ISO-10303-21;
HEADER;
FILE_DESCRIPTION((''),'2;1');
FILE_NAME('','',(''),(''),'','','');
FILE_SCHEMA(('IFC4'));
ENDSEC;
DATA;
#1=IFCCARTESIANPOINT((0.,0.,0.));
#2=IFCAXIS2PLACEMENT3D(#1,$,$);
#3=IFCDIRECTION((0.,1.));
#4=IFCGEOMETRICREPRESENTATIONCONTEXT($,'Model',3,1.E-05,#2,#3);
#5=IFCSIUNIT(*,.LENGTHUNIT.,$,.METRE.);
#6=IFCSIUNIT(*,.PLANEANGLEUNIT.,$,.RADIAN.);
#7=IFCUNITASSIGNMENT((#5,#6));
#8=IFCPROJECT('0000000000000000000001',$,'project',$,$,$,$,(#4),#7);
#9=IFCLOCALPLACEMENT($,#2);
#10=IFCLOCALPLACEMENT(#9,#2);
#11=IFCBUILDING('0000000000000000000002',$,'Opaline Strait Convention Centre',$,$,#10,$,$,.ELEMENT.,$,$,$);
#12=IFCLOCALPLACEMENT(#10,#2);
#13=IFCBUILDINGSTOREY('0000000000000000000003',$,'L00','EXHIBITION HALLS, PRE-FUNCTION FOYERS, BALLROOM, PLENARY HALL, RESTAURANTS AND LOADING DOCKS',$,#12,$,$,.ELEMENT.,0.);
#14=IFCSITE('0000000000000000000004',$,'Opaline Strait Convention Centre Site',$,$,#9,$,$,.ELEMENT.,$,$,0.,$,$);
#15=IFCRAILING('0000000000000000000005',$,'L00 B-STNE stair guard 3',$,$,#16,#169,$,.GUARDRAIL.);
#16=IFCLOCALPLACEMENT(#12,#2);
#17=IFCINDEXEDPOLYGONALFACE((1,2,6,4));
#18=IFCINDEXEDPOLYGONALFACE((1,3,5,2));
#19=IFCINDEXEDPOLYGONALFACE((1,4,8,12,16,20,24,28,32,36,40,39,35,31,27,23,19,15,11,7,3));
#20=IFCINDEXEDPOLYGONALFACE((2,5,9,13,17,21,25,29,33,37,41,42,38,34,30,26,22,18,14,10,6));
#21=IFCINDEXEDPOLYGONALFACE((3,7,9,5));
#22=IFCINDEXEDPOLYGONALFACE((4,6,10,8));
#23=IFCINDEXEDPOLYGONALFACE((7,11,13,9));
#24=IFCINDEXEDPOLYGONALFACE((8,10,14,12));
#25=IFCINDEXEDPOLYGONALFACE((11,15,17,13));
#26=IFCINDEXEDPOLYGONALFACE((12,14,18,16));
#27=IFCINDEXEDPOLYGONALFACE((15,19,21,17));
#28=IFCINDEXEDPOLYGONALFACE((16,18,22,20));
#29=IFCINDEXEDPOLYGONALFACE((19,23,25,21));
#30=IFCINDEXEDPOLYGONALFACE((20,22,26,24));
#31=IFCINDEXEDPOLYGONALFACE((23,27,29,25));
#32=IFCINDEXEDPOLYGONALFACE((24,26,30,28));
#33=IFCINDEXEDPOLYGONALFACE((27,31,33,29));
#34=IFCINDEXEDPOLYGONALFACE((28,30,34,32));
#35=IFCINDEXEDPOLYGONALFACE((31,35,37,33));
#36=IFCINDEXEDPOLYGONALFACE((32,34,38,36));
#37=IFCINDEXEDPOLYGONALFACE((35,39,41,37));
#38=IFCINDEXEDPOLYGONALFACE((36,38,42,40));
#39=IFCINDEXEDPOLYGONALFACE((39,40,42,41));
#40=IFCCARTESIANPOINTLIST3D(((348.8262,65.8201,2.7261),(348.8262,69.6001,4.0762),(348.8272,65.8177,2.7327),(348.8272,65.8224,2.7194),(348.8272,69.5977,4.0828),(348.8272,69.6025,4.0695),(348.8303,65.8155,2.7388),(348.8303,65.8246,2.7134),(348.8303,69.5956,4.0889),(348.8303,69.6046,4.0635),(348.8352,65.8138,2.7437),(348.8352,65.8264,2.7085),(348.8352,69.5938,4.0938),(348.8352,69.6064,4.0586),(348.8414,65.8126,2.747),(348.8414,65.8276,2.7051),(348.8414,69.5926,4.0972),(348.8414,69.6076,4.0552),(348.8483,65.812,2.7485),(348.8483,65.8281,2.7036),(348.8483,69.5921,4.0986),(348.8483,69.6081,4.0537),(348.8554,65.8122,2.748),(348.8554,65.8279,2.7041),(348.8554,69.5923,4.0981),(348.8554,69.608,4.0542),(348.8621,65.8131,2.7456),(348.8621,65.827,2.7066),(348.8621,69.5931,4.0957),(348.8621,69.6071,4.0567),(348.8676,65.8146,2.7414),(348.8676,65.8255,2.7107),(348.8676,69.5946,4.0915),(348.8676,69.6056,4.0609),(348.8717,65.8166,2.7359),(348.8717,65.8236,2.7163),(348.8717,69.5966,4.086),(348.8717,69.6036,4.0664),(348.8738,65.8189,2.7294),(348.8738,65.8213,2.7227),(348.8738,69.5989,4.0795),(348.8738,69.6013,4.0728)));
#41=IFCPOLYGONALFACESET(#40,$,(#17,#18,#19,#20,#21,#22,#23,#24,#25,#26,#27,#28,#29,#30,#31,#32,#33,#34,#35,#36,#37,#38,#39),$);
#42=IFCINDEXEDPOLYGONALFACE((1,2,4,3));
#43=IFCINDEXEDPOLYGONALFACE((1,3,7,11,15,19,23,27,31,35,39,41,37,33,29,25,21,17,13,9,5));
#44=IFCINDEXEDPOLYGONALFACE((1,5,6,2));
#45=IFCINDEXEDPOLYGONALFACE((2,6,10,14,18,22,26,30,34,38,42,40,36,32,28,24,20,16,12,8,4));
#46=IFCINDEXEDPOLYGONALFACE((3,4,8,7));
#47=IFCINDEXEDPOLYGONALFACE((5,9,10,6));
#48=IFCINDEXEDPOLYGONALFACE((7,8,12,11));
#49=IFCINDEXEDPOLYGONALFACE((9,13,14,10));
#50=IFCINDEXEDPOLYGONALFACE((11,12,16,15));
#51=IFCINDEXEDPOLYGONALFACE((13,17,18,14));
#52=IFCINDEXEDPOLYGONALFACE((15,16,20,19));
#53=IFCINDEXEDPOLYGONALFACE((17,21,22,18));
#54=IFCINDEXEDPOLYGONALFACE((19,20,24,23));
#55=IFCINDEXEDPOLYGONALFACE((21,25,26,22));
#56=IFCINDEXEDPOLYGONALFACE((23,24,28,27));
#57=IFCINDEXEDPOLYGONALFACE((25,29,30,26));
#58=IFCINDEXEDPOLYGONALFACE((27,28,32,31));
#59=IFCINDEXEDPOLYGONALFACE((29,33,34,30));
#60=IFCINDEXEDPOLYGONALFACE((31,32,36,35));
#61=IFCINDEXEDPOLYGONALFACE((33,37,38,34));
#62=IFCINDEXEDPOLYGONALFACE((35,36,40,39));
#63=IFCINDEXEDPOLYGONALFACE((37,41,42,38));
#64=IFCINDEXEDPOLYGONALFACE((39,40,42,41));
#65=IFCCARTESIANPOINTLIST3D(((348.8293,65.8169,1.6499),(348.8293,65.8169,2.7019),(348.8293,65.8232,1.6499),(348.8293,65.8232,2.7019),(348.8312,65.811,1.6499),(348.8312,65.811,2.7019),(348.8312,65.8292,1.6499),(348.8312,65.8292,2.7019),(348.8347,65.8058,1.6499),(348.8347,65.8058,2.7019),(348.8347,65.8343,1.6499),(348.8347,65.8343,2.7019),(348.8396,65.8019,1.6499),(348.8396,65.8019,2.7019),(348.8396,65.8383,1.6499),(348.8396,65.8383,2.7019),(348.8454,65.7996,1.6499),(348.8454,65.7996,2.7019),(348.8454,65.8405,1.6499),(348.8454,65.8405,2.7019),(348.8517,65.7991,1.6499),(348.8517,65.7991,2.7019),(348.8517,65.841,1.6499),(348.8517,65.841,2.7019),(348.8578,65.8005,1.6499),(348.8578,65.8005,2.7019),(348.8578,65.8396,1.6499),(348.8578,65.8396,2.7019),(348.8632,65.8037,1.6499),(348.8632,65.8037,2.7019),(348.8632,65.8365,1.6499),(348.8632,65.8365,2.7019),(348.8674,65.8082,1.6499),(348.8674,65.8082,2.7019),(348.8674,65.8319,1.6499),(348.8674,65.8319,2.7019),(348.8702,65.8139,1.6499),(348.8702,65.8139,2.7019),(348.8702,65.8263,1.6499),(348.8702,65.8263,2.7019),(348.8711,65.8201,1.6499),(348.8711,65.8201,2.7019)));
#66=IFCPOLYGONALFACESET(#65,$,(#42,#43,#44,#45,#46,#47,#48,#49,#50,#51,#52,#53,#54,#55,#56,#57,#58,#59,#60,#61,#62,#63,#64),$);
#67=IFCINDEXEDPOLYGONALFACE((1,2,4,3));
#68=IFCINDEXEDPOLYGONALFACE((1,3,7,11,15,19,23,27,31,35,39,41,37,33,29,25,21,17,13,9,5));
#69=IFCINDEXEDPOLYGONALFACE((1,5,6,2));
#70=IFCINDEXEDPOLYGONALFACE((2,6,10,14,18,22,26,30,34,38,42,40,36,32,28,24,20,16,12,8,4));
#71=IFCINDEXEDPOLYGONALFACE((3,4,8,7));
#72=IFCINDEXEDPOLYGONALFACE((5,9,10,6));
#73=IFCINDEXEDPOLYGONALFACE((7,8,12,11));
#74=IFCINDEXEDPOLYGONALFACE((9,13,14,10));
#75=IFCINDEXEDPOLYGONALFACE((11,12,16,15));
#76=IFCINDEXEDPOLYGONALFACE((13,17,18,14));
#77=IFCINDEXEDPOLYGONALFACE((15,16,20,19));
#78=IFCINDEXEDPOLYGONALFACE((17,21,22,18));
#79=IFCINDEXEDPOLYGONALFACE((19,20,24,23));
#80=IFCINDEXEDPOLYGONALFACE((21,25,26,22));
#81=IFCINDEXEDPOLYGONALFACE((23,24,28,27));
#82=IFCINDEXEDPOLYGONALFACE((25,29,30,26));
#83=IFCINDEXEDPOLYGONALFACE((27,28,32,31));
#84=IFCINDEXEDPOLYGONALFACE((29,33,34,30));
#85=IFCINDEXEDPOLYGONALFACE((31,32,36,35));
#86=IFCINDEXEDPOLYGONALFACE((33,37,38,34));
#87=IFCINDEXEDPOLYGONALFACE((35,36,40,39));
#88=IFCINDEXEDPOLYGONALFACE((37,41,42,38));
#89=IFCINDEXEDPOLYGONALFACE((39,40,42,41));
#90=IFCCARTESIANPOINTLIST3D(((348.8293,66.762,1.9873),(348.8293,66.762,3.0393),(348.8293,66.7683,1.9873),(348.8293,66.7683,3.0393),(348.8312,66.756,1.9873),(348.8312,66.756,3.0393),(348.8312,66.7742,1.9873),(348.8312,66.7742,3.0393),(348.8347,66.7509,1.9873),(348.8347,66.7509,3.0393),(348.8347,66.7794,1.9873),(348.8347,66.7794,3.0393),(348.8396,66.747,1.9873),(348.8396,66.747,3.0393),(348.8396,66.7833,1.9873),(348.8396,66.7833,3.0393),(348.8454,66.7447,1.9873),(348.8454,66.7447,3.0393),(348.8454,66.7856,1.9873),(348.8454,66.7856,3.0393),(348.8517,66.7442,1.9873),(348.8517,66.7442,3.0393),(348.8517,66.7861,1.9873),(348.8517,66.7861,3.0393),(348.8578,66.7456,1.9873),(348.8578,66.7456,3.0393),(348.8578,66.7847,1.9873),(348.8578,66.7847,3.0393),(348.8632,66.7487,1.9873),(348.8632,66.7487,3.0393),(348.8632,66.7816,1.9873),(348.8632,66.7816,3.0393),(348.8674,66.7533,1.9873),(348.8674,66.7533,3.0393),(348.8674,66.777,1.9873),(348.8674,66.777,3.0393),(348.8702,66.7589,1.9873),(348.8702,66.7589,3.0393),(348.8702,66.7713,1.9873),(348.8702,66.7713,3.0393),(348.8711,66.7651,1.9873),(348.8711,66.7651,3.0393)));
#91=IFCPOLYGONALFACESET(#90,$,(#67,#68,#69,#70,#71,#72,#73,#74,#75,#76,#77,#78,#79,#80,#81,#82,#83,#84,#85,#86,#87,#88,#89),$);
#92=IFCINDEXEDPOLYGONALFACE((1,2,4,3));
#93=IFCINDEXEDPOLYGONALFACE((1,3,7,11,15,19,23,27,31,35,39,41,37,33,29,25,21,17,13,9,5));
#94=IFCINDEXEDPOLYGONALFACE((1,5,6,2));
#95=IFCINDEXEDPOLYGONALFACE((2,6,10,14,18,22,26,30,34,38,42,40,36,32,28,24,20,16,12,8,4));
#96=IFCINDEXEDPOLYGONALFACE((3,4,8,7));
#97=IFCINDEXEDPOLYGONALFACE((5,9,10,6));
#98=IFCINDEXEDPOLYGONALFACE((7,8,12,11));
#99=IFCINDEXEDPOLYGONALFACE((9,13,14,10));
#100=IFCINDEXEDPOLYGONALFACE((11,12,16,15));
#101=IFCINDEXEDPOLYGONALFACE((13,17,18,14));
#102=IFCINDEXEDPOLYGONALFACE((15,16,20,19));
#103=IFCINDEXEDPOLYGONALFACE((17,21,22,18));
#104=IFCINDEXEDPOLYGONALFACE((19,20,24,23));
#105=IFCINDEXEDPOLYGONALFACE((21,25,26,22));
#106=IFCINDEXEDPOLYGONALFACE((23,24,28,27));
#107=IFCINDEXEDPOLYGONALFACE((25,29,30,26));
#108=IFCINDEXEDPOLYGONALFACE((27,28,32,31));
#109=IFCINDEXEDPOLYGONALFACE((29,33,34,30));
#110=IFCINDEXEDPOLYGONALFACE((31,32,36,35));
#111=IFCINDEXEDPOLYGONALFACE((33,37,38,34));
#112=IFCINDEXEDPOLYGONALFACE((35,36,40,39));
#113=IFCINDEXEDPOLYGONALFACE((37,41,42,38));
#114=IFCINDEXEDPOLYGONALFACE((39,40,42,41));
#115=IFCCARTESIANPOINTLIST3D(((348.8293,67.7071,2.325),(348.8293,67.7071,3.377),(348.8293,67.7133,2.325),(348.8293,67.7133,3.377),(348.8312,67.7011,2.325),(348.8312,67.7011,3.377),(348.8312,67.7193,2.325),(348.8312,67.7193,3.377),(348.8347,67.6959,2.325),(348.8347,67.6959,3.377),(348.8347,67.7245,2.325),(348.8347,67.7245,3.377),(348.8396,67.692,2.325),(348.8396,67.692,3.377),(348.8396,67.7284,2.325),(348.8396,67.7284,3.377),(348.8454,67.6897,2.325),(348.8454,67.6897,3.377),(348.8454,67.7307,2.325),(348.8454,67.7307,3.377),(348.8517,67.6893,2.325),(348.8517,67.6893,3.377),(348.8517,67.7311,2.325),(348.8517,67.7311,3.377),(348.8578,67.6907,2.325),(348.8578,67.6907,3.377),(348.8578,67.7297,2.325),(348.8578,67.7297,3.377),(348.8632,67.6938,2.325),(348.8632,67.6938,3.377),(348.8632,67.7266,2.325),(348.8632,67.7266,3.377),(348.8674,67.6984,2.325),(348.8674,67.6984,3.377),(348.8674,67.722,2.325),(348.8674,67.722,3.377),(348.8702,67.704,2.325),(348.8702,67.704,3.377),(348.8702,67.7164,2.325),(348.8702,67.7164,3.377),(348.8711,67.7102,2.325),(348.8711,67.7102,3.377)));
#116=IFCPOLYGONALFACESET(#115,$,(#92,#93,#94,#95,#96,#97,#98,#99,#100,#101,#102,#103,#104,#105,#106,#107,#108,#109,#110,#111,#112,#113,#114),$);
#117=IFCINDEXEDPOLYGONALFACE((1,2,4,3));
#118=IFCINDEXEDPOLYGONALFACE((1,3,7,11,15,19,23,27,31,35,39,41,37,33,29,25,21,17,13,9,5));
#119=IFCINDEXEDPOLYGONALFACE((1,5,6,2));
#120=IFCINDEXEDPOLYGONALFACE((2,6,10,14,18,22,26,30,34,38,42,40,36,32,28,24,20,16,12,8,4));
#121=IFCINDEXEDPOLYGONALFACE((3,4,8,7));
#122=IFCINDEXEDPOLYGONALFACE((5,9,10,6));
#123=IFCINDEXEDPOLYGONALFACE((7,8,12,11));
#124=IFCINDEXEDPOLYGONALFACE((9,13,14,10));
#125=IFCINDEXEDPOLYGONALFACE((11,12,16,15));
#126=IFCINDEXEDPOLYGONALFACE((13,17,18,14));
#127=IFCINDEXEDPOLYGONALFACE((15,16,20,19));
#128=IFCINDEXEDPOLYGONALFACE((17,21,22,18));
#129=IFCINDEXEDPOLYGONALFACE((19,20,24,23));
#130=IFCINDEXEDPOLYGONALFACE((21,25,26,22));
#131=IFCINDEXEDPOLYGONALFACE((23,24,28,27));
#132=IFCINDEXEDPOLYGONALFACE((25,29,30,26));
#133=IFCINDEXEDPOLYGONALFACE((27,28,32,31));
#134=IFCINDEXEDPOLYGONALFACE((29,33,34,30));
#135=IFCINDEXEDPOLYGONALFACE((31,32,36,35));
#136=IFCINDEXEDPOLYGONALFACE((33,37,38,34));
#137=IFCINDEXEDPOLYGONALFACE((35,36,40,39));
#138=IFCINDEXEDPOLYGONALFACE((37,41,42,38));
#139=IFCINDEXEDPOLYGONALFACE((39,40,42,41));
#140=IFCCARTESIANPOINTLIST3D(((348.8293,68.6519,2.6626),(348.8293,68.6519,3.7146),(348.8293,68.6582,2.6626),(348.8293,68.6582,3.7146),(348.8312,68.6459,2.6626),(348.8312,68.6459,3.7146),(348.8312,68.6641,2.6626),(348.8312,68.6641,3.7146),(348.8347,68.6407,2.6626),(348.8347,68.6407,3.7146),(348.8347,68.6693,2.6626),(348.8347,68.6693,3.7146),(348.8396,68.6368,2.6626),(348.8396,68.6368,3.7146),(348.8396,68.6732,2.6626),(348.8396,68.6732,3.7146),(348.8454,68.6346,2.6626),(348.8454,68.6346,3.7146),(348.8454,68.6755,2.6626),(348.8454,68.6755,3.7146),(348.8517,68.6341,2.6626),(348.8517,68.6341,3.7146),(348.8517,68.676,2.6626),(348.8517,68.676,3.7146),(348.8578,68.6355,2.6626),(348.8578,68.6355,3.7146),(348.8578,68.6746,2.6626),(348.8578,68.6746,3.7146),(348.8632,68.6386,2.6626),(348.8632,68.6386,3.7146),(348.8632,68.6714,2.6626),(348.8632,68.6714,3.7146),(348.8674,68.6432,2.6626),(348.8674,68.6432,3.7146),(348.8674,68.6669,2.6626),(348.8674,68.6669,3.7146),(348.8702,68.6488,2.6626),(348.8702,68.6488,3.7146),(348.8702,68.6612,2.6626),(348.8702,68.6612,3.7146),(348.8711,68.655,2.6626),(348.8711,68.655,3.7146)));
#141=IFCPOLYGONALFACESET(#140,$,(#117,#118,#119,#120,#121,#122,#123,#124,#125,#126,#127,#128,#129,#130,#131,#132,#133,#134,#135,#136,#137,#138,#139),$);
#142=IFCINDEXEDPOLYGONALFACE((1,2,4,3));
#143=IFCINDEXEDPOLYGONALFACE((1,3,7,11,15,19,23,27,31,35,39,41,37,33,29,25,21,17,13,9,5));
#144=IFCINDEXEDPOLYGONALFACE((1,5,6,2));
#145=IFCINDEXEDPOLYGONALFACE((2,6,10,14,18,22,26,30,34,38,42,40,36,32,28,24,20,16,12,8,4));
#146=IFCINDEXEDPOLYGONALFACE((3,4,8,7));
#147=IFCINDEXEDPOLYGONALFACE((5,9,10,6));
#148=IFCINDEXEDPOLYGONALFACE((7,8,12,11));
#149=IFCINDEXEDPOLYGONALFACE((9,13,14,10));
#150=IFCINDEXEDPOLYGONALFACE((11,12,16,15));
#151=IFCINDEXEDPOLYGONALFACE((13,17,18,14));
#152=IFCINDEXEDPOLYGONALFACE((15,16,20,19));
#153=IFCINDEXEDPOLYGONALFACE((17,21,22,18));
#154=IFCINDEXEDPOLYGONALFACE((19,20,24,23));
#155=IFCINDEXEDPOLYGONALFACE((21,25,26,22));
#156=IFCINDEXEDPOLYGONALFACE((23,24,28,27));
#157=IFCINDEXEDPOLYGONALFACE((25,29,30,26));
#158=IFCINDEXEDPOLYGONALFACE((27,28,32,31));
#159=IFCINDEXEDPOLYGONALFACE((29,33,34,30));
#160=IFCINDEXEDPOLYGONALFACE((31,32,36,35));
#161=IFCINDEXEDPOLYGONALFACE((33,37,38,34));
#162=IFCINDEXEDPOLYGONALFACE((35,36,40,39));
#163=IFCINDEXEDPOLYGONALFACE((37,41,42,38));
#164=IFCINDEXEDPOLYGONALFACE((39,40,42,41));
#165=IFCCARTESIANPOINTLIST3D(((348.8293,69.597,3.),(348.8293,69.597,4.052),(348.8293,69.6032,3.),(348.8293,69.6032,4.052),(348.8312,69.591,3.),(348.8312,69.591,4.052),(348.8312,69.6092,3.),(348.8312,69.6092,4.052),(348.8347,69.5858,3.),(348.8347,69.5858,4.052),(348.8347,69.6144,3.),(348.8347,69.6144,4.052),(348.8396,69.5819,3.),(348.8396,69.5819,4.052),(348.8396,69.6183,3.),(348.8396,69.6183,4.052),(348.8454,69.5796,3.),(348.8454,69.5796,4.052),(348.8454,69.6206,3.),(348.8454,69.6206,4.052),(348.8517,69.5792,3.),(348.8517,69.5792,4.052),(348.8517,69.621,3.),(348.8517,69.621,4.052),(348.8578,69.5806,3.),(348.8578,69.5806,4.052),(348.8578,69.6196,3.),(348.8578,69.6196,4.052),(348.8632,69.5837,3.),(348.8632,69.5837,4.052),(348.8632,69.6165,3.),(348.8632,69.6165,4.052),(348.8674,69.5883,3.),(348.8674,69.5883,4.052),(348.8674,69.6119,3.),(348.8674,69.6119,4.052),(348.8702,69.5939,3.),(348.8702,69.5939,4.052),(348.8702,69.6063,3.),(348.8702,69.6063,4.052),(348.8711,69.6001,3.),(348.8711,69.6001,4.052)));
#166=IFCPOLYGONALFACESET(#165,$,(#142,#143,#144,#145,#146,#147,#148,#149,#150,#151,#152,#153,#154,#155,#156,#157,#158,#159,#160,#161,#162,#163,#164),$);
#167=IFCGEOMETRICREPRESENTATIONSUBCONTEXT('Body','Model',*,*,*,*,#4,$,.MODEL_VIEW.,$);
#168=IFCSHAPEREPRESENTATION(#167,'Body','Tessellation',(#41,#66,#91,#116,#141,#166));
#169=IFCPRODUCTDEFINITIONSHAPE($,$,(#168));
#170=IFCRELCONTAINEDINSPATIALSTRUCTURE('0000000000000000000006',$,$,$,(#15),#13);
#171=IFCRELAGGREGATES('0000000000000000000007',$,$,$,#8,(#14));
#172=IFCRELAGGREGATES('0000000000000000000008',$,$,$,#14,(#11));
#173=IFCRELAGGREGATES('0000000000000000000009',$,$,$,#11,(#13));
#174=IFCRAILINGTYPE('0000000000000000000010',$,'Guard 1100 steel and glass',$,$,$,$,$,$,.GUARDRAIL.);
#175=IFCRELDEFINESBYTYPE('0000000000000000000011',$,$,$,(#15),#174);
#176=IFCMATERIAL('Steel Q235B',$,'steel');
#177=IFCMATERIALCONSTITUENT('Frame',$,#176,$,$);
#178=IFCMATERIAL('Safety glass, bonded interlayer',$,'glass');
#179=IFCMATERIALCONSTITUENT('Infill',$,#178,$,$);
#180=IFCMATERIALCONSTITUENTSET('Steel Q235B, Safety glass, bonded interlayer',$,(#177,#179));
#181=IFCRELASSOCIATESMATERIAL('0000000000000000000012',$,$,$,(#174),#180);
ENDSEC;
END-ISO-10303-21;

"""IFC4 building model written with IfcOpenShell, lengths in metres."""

from ifc_helpers import new_model, si_unit, direction, frame, origin, origin_2d, place, context, subcontext, project, spatial, circle, extrude, material, constituent, constituent_set, type_object, element, save


model = new_model("IFC4")

# Units and contexts
model_context = context("Model", 3, precision=1e-05, world=origin(), true_north=direction((0.0, 1.0)))
body_context = subcontext(model_context, "Body", "Model", "MODEL_VIEW")
ifc_project = project(units=[si_unit("LENGTHUNIT", "METRE"), si_unit("PLANEANGLEUNIT", "RADIAN")], contexts=[model_context])

# Site, building, storey
site_placement = place(None, origin())
site = spatial("IfcSite", under=ifc_project, at=site_placement, Name="Opaline Strait Convention Centre Site", CompositionType="ELEMENT", RefElevation=0.0)
building_placement = place(site_placement, origin())
building = spatial("IfcBuilding", under=site, at=building_placement, Name="Opaline Strait Convention Centre", CompositionType="ELEMENT")
storey_placement = place(building_placement, origin())
storey = spatial("IfcBuildingStorey", under=building, at=storey_placement, Name="L00", Description="EXHIBITION HALLS, PRE-FUNCTION FOYERS, BALLROOM, PLENARY HALL, RESTAURANTS AND LOADING DOCKS", CompositionType="ELEMENT", Elevation=0.0)

# Shared definitions
ifc_material_1 = material(Name="Steel Q235B", Category="steel")

# Railing
ifc_constituent_1 = constituent(ifc_material_1, Name="Frame")
ifc_material_2 = material(Name="Safety glass, bonded interlayer", Category="glass")
ifc_constituent_2 = constituent(ifc_material_2, Name="Infill")
ifc_constituent_set = constituent_set(constituents=[ifc_constituent_1, ifc_constituent_2], Name="Steel Q235B, Safety glass, bonded interlayer")
railing_type_1 = type_object("IfcRailingType", Name="Guard 1100 steel and glass", PredefinedType="GUARDRAIL", material=ifc_constituent_set)
railing_1_placement = place(storey_placement, frame((348.8501, 65.8201, 1.6499)))
element("IfcRailing", 1, at=railing_1_placement, inside=storey, type_object=railing_type_1, Name="L00 B-STNE stair guard 3", PredefinedType="GUARDRAIL", context=body_context, shape_type="SweptSolid", body=[
    extrude(circle(Radius=0.0239, at=origin_2d()), frame((0.0, 0.0, 1.0762), z_axis=(0.0, 0.941735, 0.336356), x_axis=(-1.0, 0.0, 0.0)), (0.0, 0.0, 1.0), 4.0139),
    extrude(circle(Radius=0.021, at=origin_2d()), origin(), (0.0, 0.0, 1.0), 1.052),
    extrude(circle(Radius=0.021, at=origin_2d()), frame((0.0, 0.9451, 0.3374)), (0.0, 0.0, 1.0), 1.052),
    extrude(circle(Radius=0.021, at=origin_2d()), frame((0.0, 1.8901, 0.675)), (0.0, 0.0, 1.0), 1.052),
    extrude(circle(Radius=0.021, at=origin_2d()), frame((0.0, 2.835, 1.0127)), (0.0, 0.0, 1.0), 1.052),
    extrude(circle(Radius=0.021, at=origin_2d()), frame((0.0, 3.78, 1.3501)), (0.0, 0.0, 1.0), 1.052),
])

save(model, "model.ifc")
